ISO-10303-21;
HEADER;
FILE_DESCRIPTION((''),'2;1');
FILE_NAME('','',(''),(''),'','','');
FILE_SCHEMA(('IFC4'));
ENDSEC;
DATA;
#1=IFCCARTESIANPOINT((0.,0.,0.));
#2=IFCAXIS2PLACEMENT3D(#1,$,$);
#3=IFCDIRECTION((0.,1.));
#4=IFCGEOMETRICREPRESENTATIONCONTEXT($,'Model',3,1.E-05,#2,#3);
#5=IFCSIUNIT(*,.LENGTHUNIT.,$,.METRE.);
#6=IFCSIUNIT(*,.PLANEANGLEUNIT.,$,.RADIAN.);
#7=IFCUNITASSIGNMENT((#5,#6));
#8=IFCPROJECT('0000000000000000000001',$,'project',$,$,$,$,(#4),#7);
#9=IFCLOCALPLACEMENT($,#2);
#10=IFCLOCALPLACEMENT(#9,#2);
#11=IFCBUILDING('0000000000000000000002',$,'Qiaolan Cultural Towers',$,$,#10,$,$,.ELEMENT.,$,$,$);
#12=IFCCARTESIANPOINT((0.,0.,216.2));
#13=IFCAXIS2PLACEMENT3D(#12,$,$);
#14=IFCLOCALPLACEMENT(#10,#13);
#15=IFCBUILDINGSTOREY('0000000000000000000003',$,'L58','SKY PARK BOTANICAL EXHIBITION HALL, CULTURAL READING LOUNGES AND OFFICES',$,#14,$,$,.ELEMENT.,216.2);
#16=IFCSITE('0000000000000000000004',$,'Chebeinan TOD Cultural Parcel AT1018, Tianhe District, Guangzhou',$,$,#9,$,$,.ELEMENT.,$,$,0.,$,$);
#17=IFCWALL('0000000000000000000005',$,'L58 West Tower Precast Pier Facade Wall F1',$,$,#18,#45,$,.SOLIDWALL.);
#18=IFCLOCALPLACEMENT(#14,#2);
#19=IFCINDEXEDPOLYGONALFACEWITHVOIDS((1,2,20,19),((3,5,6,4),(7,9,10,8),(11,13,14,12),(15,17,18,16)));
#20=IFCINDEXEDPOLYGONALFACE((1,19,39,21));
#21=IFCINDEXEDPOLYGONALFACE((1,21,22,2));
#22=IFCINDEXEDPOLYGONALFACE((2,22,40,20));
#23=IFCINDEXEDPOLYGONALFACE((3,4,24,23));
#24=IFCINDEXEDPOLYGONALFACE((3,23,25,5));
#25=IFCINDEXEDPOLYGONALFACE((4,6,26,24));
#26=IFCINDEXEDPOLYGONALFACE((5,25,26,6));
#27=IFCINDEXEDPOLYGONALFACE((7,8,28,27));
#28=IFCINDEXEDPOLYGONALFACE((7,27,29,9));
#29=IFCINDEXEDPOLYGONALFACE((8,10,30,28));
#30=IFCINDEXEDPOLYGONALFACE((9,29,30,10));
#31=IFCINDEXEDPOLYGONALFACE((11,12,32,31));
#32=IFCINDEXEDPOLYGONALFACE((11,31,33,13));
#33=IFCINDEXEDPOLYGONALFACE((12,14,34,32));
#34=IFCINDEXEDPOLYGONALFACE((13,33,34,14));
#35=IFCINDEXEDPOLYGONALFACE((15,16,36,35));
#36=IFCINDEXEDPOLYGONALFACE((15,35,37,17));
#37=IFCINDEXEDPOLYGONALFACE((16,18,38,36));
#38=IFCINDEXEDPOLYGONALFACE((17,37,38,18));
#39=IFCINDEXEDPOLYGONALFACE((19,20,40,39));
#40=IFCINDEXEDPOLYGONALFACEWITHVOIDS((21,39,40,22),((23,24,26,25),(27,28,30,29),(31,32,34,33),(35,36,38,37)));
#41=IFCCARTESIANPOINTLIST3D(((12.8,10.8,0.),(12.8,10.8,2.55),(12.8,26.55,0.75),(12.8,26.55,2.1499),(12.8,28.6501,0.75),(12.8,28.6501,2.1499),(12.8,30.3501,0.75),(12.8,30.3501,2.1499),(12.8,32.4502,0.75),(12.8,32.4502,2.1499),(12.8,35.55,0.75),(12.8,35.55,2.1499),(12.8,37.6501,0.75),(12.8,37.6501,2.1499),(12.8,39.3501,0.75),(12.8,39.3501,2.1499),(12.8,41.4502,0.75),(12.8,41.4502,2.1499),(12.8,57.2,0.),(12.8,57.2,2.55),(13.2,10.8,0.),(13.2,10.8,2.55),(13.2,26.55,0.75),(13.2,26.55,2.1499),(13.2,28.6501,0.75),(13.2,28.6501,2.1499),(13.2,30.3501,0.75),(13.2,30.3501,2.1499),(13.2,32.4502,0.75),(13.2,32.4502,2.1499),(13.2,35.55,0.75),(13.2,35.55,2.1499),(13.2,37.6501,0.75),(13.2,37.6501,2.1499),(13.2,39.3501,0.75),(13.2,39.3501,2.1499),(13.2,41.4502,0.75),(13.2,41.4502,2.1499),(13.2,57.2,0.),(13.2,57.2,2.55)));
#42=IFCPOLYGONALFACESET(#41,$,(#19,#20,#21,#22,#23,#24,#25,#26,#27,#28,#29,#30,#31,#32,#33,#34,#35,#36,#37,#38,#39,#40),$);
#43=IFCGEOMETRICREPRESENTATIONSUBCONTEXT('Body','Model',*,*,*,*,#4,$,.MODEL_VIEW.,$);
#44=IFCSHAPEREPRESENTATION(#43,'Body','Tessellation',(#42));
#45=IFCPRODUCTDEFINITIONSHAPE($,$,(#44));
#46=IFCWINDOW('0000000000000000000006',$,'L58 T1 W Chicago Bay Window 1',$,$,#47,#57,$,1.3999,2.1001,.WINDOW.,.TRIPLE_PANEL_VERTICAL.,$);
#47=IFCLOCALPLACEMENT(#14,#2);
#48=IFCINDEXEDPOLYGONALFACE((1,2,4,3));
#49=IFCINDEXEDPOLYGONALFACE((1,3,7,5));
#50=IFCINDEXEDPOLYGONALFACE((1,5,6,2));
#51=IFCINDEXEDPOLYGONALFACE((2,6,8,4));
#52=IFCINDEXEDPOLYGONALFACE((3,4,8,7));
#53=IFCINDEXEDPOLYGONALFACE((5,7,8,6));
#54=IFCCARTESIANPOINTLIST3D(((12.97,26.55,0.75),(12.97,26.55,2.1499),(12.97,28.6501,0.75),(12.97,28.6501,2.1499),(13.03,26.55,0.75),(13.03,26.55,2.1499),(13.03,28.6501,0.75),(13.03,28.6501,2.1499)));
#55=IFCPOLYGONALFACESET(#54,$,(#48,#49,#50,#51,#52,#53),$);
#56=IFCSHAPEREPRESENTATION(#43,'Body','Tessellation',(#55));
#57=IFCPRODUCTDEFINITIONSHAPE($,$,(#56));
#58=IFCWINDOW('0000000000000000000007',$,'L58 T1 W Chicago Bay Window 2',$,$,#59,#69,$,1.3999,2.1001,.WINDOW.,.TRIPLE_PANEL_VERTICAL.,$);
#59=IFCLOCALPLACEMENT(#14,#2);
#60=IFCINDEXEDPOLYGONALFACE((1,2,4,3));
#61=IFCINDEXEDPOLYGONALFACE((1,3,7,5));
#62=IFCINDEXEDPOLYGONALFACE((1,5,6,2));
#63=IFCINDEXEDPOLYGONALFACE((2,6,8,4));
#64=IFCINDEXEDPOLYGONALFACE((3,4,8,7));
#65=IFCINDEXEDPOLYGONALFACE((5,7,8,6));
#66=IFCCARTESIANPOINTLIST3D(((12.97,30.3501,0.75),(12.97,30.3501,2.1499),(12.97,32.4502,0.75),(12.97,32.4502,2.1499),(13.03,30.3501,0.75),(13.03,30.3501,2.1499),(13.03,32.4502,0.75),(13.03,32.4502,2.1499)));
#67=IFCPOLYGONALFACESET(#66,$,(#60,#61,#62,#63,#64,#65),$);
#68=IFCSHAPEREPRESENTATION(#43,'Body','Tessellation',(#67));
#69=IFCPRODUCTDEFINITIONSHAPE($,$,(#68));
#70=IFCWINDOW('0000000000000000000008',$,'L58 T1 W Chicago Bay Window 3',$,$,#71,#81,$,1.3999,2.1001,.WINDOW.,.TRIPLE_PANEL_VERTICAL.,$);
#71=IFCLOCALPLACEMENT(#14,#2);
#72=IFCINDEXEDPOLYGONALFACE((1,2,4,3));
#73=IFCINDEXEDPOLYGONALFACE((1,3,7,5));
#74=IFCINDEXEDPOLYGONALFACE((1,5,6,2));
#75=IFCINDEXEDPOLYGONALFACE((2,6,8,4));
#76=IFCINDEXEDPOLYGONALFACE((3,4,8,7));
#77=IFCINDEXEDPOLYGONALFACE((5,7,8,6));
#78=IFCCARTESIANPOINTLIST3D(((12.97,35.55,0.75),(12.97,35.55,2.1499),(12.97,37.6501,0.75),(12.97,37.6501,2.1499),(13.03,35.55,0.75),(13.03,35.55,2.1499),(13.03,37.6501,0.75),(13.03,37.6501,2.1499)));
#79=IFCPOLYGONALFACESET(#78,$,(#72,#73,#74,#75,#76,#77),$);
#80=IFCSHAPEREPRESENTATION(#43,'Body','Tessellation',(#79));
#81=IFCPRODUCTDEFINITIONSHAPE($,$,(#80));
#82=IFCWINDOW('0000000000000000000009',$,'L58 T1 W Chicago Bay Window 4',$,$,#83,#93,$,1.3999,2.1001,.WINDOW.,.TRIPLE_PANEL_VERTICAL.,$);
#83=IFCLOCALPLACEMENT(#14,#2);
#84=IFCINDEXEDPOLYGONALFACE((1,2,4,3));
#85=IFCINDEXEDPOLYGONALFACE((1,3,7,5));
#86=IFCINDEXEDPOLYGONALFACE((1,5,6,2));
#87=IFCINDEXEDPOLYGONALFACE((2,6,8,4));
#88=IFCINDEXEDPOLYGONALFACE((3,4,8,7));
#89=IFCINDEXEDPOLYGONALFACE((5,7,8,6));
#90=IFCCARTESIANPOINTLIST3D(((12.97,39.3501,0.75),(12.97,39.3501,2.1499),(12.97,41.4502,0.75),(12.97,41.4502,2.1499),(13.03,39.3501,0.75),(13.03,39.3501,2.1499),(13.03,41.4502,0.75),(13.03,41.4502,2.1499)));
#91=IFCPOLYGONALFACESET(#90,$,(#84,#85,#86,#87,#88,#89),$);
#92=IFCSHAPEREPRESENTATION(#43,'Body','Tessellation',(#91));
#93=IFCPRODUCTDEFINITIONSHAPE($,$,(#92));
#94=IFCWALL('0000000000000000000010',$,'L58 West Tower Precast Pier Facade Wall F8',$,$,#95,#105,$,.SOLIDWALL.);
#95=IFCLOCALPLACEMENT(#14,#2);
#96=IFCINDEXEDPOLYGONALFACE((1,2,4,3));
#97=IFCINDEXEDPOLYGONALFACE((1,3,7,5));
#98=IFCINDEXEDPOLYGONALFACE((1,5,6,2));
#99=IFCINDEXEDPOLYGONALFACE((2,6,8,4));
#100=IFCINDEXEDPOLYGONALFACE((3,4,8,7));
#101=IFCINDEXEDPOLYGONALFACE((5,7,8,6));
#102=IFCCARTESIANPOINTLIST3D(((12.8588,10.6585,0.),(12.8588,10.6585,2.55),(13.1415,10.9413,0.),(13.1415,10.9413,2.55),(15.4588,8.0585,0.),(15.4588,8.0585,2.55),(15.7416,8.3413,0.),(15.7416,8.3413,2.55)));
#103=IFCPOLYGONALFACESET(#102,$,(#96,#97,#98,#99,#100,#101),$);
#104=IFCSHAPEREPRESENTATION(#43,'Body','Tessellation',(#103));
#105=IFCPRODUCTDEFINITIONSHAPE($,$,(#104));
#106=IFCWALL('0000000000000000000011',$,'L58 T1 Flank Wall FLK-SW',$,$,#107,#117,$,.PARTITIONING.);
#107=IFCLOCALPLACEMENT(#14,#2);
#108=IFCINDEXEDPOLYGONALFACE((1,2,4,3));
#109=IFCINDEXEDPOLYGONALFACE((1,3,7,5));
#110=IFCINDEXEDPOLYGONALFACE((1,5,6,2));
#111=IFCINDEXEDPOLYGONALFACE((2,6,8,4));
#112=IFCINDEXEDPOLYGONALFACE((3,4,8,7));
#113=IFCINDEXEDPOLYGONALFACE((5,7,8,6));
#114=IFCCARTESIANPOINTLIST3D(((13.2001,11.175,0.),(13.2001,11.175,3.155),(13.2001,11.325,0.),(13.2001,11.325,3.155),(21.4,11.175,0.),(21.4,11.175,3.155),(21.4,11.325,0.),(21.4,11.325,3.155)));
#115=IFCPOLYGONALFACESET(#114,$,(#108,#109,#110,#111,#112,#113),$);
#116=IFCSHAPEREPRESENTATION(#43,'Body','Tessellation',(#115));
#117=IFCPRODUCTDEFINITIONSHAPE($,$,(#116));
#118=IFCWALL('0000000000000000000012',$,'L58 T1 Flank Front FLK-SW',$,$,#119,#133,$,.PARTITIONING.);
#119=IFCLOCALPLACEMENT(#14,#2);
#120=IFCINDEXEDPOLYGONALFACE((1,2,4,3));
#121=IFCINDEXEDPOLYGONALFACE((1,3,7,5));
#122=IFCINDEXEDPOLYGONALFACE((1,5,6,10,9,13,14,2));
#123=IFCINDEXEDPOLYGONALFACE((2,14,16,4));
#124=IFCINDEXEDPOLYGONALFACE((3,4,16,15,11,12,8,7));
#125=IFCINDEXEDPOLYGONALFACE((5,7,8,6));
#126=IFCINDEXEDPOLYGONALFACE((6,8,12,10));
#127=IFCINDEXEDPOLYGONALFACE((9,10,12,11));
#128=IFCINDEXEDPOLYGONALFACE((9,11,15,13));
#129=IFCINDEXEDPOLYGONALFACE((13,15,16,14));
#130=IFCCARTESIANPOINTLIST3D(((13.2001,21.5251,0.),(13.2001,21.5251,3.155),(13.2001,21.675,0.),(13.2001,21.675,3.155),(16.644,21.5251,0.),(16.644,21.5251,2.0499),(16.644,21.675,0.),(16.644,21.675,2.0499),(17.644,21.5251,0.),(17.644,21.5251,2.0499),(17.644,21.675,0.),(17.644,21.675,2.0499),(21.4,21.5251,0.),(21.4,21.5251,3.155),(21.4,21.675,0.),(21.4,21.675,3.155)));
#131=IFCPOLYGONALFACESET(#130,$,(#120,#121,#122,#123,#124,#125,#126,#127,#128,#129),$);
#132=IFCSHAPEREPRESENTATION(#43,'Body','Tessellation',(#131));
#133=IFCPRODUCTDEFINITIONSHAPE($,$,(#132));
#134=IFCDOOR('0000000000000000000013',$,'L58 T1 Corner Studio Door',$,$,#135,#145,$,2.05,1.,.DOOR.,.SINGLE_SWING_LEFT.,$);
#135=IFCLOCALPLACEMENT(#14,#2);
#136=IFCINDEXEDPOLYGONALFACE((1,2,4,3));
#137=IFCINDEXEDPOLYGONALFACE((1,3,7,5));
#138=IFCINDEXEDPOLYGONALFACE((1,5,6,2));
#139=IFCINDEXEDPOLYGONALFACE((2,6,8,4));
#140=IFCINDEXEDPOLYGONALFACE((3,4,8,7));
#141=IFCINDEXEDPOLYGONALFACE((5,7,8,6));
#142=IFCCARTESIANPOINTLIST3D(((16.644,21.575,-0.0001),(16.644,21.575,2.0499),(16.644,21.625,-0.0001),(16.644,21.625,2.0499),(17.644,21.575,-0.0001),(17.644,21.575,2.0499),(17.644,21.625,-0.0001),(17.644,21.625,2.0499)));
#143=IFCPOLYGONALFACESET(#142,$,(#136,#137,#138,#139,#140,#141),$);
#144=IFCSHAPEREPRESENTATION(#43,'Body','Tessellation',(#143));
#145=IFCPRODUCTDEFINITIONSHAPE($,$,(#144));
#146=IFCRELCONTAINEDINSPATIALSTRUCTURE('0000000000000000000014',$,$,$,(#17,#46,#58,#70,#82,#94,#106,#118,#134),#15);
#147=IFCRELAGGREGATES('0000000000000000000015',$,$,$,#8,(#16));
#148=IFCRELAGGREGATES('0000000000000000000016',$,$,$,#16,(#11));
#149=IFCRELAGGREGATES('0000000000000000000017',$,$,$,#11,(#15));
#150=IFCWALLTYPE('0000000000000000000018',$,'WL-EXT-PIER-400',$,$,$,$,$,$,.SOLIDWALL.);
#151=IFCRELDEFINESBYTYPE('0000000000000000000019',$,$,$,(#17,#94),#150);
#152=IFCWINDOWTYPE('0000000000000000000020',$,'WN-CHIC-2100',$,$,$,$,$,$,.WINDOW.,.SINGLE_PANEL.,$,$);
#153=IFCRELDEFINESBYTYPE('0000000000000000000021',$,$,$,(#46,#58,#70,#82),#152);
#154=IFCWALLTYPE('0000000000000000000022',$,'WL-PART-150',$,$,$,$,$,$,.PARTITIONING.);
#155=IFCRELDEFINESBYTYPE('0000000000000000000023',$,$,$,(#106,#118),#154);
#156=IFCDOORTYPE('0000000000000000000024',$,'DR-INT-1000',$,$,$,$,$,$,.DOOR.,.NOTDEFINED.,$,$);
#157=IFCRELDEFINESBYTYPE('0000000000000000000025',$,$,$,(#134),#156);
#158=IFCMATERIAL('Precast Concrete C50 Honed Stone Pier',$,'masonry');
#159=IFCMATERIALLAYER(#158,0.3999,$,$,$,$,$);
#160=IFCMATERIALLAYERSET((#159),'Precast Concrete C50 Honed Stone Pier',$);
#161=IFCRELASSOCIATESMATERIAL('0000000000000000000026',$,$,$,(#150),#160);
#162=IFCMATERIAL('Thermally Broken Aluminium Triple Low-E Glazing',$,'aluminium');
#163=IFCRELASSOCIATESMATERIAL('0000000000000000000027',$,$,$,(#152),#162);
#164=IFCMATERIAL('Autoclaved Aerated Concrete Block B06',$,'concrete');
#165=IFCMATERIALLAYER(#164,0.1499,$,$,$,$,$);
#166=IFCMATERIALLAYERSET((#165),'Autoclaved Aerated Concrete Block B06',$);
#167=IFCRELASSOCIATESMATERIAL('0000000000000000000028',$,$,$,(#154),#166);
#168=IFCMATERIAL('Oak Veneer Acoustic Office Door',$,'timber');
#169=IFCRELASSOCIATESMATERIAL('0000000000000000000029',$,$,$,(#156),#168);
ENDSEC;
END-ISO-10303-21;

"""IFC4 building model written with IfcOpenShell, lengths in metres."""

from ifc_helpers import new_model, si_unit, direction, frame, frame_2d, origin, place, context, subcontext, project, spatial, rectangle, extrude, material, layer, layer_set, type_object, element, fill, save


model = new_model("IFC4")

# Units and contexts
model_context = context("Model", 3, precision=1e-05, world=origin(), true_north=direction((0.0, 1.0)))
body_context = subcontext(model_context, "Body", "Model", "MODEL_VIEW")
ifc_project = project(units=[si_unit("LENGTHUNIT", "METRE"), si_unit("PLANEANGLEUNIT", "RADIAN")], contexts=[model_context])

# Site, building, storey
site_placement = place(None, origin())
site = spatial("IfcSite", under=ifc_project, at=site_placement, Name="Chebeinan TOD Cultural Parcel AT1018, Tianhe District, Guangzhou", CompositionType="ELEMENT", RefElevation=0.0)
building_placement = place(site_placement, origin())
building = spatial("IfcBuilding", under=site, at=building_placement, Name="Qiaolan Cultural Towers", CompositionType="ELEMENT")
storey_placement = place(building_placement, frame((0.0, 0.0, 216.2)))
storey = spatial("IfcBuildingStorey", under=building, at=storey_placement, Name="L58", Description="SKY PARK BOTANICAL EXHIBITION HALL, CULTURAL READING LOUNGES AND OFFICES", CompositionType="ELEMENT", Elevation=216.2)

# Wall, openings, windows
ifc_material_1 = material(Name="Precast Concrete C50 Honed Stone Pier", Category="masonry")
ifc_layer_1 = layer(ifc_material_1, 0.3999)
ifc_layer_set_1 = layer_set([ifc_layer_1], Name="Precast Concrete C50 Honed Stone Pier")
wall_type_1 = type_object("IfcWallType", Name="WL-EXT-PIER-400", PredefinedType="SOLIDWALL", material=ifc_layer_set_1)
wall_1_placement = place(storey_placement, frame((13.0, 10.8, 0.0), z_axis=(0.0, 0.0, 1.0), x_axis=(0.0, 1.0, 0.0)))
wall_1 = element("IfcWall", 1, at=wall_1_placement, inside=storey, type_object=wall_type_1, Name="L58 West Tower Precast Pier Facade Wall F1", PredefinedType="SOLIDWALL", context=body_context, shape_type="SweptSolid", body=[
    extrude(rectangle(XDim=46.3999, YDim=0.3999, at=frame_2d((23.2, 0.0))), origin(), (0.0, 0.0, 1.0), 2.55),
])
opening_1_placement = place(wall_1_placement, frame((15.75, 0.0, 0.75)))
opening_1 = element("IfcOpeningElement", 2, at=opening_1_placement, cuts=wall_1, PredefinedType="OPENING", context=body_context, shape_type="SweptSolid", body=[
    extrude(rectangle(XDim=2.1001, YDim=1.3999, at=frame_2d((1.05, 0.7))), frame((0.0, 0.21, 0.0), z_axis=(0.0, -1.0, 0.0), x_axis=(1.0, 0.0, 0.0)), (0.0, 0.0, 1.0), 0.4199),
])
opening_2_placement = place(wall_1_placement, frame((19.55, 0.0, 0.75)))
opening_2 = element("IfcOpeningElement", 3, at=opening_2_placement, cuts=wall_1, PredefinedType="OPENING", context=body_context, shape_type="SweptSolid", body=[
    extrude(rectangle(XDim=2.1001, YDim=1.3999, at=frame_2d((1.05, 0.7))), frame((0.0, 0.21, 0.0), z_axis=(0.0, -1.0, 0.0), x_axis=(1.0, 0.0, 0.0)), (0.0, 0.0, 1.0), 0.4199),
])
opening_3_placement = place(wall_1_placement, frame((24.75, 0.0, 0.75)))
opening_3 = element("IfcOpeningElement", 4, at=opening_3_placement, cuts=wall_1, PredefinedType="OPENING", context=body_context, shape_type="SweptSolid", body=[
    extrude(rectangle(XDim=2.1001, YDim=1.3999, at=frame_2d((1.05, 0.7))), frame((0.0, 0.21, 0.0), z_axis=(0.0, -1.0, 0.0), x_axis=(1.0, 0.0, 0.0)), (0.0, 0.0, 1.0), 0.4199),
])
opening_4_placement = place(wall_1_placement, frame((28.55, 0.0, 0.75)))
opening_4 = element("IfcOpeningElement", 5, at=opening_4_placement, cuts=wall_1, PredefinedType="OPENING", context=body_context, shape_type="SweptSolid", body=[
    extrude(rectangle(XDim=2.1001, YDim=1.3999, at=frame_2d((1.05, 0.7))), frame((0.0, 0.21, 0.0), z_axis=(0.0, -1.0, 0.0), x_axis=(1.0, 0.0, 0.0)), (0.0, 0.0, 1.0), 0.4199),
])
ifc_material_2 = material(Name="Thermally Broken Aluminium Triple Low-E Glazing", Category="aluminium")
window_type = type_object("IfcWindowType", Name="WN-CHIC-2100", PartitioningType="SINGLE_PANEL", PredefinedType="WINDOW", material=ifc_material_2)
window_1_placement = place(opening_1_placement, origin())
window_1 = element("IfcWindow", 6, at=window_1_placement, inside=storey, type_object=window_type, Name="L58 T1 W Chicago Bay Window 1", OverallHeight=1.3999, OverallWidth=2.1001, PartitioningType="TRIPLE_PANEL_VERTICAL", PredefinedType="WINDOW", context=body_context, shape_type="SweptSolid", body=[
    extrude(rectangle(XDim=2.1001, YDim=1.3999, at=frame_2d((1.05, 0.7))), frame((0.0, 0.03, 0.0), z_axis=(0.0, -1.0, 0.0), x_axis=(1.0, 0.0, 0.0)), (0.0, 0.0, 1.0), 0.0601),
])
fill(opening_1, window_1)
window_2_placement = place(opening_2_placement, origin())
window_2 = element("IfcWindow", 7, at=window_2_placement, inside=storey, type_object=window_type, Name="L58 T1 W Chicago Bay Window 2", OverallHeight=1.3999, OverallWidth=2.1001, PartitioningType="TRIPLE_PANEL_VERTICAL", PredefinedType="WINDOW", context=body_context, shape_type="SweptSolid", body=[
    extrude(rectangle(XDim=2.1001, YDim=1.3999, at=frame_2d((1.05, 0.7))), frame((0.0, 0.03, 0.0), z_axis=(0.0, -1.0, 0.0), x_axis=(1.0, 0.0, 0.0)), (0.0, 0.0, 1.0), 0.0601),
])
fill(opening_2, window_2)
window_3_placement = place(opening_3_placement, origin())
window_3 = element("IfcWindow", 8, at=window_3_placement, inside=storey, type_object=window_type, Name="L58 T1 W Chicago Bay Window 3", OverallHeight=1.3999, OverallWidth=2.1001, PartitioningType="TRIPLE_PANEL_VERTICAL", PredefinedType="WINDOW", context=body_context, shape_type="SweptSolid", body=[
    extrude(rectangle(XDim=2.1001, YDim=1.3999, at=frame_2d((1.05, 0.7))), frame((0.0, 0.03, 0.0), z_axis=(0.0, -1.0, 0.0), x_axis=(1.0, 0.0, 0.0)), (0.0, 0.0, 1.0), 0.0601),
])
fill(opening_3, window_3)
window_4_placement = place(opening_4_placement, origin())
window_4 = element("IfcWindow", 9, at=window_4_placement, inside=storey, type_object=window_type, Name="L58 T1 W Chicago Bay Window 4", OverallHeight=1.3999, OverallWidth=2.1001, PartitioningType="TRIPLE_PANEL_VERTICAL", PredefinedType="WINDOW", context=body_context, shape_type="SweptSolid", body=[
    extrude(rectangle(XDim=2.1001, YDim=1.3999, at=frame_2d((1.05, 0.7))), frame((0.0, 0.03, 0.0), z_axis=(0.0, -1.0, 0.0), x_axis=(1.0, 0.0, 0.0)), (0.0, 0.0, 1.0), 0.0601),
])
fill(opening_4, window_4)

# Walls
wall_2_placement = place(storey_placement, frame((15.6001, 8.2, 0.0), z_axis=(0.0, 0.0, 1.0), x_axis=(-0.707107, 0.707107, 0.0)))
element("IfcWall", 10, at=wall_2_placement, inside=storey, type_object=wall_type_1, Name="L58 West Tower Precast Pier Facade Wall F8", PredefinedType="SOLIDWALL", context=body_context, shape_type="SweptSolid", body=[
    extrude(rectangle(XDim=3.677, YDim=0.3999, at=frame_2d((1.8384, 0.0))), origin(), (0.0, 0.0, 1.0), 2.55),
])
ifc_material_3 = material(Name="Autoclaved Aerated Concrete Block B06", Category="concrete")
ifc_layer_2 = layer(ifc_material_3, 0.1499)
ifc_layer_set_2 = layer_set([ifc_layer_2], Name="Autoclaved Aerated Concrete Block B06")
wall_type_2 = type_object("IfcWallType", Name="WL-PART-150", PredefinedType="PARTITIONING", material=ifc_layer_set_2)
wall_3_placement = place(storey_placement, frame((13.2, 11.25, 0.0), z_axis=(0.0, 0.0, 1.0), x_axis=(1.0, 0.0, 0.0)))
element("IfcWall", 11, at=wall_3_placement, inside=storey, type_object=wall_type_2, Name="L58 T1 Flank Wall FLK-SW", PredefinedType="PARTITIONING", context=body_context, shape_type="SweptSolid", body=[
    extrude(rectangle(XDim=8.2, YDim=0.1499, at=frame_2d((4.1001, 0.0))), origin(), (0.0, 0.0, 1.0), 3.155),
])

# Wall, opening, door
wall_4_placement = place(storey_placement, frame((13.2, 21.6001, 0.0), z_axis=(0.0, 0.0, 1.0), x_axis=(1.0, 0.0, 0.0)))
wall_4 = element("IfcWall", 12, at=wall_4_placement, inside=storey, type_object=wall_type_2, Name="L58 T1 Flank Front FLK-SW", PredefinedType="PARTITIONING", context=body_context, shape_type="SweptSolid", body=[
    extrude(rectangle(XDim=8.2, YDim=0.1499, at=frame_2d((4.1001, 0.0))), origin(), (0.0, 0.0, 1.0), 3.155),
])
opening_5_placement = place(wall_4_placement, frame((3.4441, 0.0, 0.0)))
opening_5 = element("IfcOpeningElement", 13, at=opening_5_placement, cuts=wall_4, PredefinedType="OPENING", context=body_context, shape_type="SweptSolid", body=[
    extrude(rectangle(XDim=1.0, YDim=2.05, at=frame_2d((0.5, 1.0249))), frame((0.0, 0.085, 0.0), z_axis=(0.0, -1.0, 0.0), x_axis=(1.0, 0.0, 0.0)), (0.0, 0.0, 1.0), 0.1699),
])
ifc_material_4 = material(Name="Oak Veneer Acoustic Office Door", Category="timber")
door_type = type_object("IfcDoorType", Name="DR-INT-1000", OperationType="NOTDEFINED", PredefinedType="DOOR", material=ifc_material_4)
door_placement = place(opening_5_placement, origin())
door = element("IfcDoor", 14, at=door_placement, inside=storey, type_object=door_type, Name="L58 T1 Corner Studio Door", OperationType="SINGLE_SWING_LEFT", OverallHeight=2.05, OverallWidth=1.0, PredefinedType="DOOR", context=body_context, shape_type="SweptSolid", body=[
    extrude(rectangle(XDim=1.0, YDim=2.05, at=frame_2d((0.5, 1.0249))), frame((0.0, 0.0249, 0.0), z_axis=(0.0, -1.0, 0.0), x_axis=(1.0, 0.0, 0.0)), (0.0, 0.0, 1.0), 0.05),
])
fill(opening_5, door)

save(model, "model.ifc")
